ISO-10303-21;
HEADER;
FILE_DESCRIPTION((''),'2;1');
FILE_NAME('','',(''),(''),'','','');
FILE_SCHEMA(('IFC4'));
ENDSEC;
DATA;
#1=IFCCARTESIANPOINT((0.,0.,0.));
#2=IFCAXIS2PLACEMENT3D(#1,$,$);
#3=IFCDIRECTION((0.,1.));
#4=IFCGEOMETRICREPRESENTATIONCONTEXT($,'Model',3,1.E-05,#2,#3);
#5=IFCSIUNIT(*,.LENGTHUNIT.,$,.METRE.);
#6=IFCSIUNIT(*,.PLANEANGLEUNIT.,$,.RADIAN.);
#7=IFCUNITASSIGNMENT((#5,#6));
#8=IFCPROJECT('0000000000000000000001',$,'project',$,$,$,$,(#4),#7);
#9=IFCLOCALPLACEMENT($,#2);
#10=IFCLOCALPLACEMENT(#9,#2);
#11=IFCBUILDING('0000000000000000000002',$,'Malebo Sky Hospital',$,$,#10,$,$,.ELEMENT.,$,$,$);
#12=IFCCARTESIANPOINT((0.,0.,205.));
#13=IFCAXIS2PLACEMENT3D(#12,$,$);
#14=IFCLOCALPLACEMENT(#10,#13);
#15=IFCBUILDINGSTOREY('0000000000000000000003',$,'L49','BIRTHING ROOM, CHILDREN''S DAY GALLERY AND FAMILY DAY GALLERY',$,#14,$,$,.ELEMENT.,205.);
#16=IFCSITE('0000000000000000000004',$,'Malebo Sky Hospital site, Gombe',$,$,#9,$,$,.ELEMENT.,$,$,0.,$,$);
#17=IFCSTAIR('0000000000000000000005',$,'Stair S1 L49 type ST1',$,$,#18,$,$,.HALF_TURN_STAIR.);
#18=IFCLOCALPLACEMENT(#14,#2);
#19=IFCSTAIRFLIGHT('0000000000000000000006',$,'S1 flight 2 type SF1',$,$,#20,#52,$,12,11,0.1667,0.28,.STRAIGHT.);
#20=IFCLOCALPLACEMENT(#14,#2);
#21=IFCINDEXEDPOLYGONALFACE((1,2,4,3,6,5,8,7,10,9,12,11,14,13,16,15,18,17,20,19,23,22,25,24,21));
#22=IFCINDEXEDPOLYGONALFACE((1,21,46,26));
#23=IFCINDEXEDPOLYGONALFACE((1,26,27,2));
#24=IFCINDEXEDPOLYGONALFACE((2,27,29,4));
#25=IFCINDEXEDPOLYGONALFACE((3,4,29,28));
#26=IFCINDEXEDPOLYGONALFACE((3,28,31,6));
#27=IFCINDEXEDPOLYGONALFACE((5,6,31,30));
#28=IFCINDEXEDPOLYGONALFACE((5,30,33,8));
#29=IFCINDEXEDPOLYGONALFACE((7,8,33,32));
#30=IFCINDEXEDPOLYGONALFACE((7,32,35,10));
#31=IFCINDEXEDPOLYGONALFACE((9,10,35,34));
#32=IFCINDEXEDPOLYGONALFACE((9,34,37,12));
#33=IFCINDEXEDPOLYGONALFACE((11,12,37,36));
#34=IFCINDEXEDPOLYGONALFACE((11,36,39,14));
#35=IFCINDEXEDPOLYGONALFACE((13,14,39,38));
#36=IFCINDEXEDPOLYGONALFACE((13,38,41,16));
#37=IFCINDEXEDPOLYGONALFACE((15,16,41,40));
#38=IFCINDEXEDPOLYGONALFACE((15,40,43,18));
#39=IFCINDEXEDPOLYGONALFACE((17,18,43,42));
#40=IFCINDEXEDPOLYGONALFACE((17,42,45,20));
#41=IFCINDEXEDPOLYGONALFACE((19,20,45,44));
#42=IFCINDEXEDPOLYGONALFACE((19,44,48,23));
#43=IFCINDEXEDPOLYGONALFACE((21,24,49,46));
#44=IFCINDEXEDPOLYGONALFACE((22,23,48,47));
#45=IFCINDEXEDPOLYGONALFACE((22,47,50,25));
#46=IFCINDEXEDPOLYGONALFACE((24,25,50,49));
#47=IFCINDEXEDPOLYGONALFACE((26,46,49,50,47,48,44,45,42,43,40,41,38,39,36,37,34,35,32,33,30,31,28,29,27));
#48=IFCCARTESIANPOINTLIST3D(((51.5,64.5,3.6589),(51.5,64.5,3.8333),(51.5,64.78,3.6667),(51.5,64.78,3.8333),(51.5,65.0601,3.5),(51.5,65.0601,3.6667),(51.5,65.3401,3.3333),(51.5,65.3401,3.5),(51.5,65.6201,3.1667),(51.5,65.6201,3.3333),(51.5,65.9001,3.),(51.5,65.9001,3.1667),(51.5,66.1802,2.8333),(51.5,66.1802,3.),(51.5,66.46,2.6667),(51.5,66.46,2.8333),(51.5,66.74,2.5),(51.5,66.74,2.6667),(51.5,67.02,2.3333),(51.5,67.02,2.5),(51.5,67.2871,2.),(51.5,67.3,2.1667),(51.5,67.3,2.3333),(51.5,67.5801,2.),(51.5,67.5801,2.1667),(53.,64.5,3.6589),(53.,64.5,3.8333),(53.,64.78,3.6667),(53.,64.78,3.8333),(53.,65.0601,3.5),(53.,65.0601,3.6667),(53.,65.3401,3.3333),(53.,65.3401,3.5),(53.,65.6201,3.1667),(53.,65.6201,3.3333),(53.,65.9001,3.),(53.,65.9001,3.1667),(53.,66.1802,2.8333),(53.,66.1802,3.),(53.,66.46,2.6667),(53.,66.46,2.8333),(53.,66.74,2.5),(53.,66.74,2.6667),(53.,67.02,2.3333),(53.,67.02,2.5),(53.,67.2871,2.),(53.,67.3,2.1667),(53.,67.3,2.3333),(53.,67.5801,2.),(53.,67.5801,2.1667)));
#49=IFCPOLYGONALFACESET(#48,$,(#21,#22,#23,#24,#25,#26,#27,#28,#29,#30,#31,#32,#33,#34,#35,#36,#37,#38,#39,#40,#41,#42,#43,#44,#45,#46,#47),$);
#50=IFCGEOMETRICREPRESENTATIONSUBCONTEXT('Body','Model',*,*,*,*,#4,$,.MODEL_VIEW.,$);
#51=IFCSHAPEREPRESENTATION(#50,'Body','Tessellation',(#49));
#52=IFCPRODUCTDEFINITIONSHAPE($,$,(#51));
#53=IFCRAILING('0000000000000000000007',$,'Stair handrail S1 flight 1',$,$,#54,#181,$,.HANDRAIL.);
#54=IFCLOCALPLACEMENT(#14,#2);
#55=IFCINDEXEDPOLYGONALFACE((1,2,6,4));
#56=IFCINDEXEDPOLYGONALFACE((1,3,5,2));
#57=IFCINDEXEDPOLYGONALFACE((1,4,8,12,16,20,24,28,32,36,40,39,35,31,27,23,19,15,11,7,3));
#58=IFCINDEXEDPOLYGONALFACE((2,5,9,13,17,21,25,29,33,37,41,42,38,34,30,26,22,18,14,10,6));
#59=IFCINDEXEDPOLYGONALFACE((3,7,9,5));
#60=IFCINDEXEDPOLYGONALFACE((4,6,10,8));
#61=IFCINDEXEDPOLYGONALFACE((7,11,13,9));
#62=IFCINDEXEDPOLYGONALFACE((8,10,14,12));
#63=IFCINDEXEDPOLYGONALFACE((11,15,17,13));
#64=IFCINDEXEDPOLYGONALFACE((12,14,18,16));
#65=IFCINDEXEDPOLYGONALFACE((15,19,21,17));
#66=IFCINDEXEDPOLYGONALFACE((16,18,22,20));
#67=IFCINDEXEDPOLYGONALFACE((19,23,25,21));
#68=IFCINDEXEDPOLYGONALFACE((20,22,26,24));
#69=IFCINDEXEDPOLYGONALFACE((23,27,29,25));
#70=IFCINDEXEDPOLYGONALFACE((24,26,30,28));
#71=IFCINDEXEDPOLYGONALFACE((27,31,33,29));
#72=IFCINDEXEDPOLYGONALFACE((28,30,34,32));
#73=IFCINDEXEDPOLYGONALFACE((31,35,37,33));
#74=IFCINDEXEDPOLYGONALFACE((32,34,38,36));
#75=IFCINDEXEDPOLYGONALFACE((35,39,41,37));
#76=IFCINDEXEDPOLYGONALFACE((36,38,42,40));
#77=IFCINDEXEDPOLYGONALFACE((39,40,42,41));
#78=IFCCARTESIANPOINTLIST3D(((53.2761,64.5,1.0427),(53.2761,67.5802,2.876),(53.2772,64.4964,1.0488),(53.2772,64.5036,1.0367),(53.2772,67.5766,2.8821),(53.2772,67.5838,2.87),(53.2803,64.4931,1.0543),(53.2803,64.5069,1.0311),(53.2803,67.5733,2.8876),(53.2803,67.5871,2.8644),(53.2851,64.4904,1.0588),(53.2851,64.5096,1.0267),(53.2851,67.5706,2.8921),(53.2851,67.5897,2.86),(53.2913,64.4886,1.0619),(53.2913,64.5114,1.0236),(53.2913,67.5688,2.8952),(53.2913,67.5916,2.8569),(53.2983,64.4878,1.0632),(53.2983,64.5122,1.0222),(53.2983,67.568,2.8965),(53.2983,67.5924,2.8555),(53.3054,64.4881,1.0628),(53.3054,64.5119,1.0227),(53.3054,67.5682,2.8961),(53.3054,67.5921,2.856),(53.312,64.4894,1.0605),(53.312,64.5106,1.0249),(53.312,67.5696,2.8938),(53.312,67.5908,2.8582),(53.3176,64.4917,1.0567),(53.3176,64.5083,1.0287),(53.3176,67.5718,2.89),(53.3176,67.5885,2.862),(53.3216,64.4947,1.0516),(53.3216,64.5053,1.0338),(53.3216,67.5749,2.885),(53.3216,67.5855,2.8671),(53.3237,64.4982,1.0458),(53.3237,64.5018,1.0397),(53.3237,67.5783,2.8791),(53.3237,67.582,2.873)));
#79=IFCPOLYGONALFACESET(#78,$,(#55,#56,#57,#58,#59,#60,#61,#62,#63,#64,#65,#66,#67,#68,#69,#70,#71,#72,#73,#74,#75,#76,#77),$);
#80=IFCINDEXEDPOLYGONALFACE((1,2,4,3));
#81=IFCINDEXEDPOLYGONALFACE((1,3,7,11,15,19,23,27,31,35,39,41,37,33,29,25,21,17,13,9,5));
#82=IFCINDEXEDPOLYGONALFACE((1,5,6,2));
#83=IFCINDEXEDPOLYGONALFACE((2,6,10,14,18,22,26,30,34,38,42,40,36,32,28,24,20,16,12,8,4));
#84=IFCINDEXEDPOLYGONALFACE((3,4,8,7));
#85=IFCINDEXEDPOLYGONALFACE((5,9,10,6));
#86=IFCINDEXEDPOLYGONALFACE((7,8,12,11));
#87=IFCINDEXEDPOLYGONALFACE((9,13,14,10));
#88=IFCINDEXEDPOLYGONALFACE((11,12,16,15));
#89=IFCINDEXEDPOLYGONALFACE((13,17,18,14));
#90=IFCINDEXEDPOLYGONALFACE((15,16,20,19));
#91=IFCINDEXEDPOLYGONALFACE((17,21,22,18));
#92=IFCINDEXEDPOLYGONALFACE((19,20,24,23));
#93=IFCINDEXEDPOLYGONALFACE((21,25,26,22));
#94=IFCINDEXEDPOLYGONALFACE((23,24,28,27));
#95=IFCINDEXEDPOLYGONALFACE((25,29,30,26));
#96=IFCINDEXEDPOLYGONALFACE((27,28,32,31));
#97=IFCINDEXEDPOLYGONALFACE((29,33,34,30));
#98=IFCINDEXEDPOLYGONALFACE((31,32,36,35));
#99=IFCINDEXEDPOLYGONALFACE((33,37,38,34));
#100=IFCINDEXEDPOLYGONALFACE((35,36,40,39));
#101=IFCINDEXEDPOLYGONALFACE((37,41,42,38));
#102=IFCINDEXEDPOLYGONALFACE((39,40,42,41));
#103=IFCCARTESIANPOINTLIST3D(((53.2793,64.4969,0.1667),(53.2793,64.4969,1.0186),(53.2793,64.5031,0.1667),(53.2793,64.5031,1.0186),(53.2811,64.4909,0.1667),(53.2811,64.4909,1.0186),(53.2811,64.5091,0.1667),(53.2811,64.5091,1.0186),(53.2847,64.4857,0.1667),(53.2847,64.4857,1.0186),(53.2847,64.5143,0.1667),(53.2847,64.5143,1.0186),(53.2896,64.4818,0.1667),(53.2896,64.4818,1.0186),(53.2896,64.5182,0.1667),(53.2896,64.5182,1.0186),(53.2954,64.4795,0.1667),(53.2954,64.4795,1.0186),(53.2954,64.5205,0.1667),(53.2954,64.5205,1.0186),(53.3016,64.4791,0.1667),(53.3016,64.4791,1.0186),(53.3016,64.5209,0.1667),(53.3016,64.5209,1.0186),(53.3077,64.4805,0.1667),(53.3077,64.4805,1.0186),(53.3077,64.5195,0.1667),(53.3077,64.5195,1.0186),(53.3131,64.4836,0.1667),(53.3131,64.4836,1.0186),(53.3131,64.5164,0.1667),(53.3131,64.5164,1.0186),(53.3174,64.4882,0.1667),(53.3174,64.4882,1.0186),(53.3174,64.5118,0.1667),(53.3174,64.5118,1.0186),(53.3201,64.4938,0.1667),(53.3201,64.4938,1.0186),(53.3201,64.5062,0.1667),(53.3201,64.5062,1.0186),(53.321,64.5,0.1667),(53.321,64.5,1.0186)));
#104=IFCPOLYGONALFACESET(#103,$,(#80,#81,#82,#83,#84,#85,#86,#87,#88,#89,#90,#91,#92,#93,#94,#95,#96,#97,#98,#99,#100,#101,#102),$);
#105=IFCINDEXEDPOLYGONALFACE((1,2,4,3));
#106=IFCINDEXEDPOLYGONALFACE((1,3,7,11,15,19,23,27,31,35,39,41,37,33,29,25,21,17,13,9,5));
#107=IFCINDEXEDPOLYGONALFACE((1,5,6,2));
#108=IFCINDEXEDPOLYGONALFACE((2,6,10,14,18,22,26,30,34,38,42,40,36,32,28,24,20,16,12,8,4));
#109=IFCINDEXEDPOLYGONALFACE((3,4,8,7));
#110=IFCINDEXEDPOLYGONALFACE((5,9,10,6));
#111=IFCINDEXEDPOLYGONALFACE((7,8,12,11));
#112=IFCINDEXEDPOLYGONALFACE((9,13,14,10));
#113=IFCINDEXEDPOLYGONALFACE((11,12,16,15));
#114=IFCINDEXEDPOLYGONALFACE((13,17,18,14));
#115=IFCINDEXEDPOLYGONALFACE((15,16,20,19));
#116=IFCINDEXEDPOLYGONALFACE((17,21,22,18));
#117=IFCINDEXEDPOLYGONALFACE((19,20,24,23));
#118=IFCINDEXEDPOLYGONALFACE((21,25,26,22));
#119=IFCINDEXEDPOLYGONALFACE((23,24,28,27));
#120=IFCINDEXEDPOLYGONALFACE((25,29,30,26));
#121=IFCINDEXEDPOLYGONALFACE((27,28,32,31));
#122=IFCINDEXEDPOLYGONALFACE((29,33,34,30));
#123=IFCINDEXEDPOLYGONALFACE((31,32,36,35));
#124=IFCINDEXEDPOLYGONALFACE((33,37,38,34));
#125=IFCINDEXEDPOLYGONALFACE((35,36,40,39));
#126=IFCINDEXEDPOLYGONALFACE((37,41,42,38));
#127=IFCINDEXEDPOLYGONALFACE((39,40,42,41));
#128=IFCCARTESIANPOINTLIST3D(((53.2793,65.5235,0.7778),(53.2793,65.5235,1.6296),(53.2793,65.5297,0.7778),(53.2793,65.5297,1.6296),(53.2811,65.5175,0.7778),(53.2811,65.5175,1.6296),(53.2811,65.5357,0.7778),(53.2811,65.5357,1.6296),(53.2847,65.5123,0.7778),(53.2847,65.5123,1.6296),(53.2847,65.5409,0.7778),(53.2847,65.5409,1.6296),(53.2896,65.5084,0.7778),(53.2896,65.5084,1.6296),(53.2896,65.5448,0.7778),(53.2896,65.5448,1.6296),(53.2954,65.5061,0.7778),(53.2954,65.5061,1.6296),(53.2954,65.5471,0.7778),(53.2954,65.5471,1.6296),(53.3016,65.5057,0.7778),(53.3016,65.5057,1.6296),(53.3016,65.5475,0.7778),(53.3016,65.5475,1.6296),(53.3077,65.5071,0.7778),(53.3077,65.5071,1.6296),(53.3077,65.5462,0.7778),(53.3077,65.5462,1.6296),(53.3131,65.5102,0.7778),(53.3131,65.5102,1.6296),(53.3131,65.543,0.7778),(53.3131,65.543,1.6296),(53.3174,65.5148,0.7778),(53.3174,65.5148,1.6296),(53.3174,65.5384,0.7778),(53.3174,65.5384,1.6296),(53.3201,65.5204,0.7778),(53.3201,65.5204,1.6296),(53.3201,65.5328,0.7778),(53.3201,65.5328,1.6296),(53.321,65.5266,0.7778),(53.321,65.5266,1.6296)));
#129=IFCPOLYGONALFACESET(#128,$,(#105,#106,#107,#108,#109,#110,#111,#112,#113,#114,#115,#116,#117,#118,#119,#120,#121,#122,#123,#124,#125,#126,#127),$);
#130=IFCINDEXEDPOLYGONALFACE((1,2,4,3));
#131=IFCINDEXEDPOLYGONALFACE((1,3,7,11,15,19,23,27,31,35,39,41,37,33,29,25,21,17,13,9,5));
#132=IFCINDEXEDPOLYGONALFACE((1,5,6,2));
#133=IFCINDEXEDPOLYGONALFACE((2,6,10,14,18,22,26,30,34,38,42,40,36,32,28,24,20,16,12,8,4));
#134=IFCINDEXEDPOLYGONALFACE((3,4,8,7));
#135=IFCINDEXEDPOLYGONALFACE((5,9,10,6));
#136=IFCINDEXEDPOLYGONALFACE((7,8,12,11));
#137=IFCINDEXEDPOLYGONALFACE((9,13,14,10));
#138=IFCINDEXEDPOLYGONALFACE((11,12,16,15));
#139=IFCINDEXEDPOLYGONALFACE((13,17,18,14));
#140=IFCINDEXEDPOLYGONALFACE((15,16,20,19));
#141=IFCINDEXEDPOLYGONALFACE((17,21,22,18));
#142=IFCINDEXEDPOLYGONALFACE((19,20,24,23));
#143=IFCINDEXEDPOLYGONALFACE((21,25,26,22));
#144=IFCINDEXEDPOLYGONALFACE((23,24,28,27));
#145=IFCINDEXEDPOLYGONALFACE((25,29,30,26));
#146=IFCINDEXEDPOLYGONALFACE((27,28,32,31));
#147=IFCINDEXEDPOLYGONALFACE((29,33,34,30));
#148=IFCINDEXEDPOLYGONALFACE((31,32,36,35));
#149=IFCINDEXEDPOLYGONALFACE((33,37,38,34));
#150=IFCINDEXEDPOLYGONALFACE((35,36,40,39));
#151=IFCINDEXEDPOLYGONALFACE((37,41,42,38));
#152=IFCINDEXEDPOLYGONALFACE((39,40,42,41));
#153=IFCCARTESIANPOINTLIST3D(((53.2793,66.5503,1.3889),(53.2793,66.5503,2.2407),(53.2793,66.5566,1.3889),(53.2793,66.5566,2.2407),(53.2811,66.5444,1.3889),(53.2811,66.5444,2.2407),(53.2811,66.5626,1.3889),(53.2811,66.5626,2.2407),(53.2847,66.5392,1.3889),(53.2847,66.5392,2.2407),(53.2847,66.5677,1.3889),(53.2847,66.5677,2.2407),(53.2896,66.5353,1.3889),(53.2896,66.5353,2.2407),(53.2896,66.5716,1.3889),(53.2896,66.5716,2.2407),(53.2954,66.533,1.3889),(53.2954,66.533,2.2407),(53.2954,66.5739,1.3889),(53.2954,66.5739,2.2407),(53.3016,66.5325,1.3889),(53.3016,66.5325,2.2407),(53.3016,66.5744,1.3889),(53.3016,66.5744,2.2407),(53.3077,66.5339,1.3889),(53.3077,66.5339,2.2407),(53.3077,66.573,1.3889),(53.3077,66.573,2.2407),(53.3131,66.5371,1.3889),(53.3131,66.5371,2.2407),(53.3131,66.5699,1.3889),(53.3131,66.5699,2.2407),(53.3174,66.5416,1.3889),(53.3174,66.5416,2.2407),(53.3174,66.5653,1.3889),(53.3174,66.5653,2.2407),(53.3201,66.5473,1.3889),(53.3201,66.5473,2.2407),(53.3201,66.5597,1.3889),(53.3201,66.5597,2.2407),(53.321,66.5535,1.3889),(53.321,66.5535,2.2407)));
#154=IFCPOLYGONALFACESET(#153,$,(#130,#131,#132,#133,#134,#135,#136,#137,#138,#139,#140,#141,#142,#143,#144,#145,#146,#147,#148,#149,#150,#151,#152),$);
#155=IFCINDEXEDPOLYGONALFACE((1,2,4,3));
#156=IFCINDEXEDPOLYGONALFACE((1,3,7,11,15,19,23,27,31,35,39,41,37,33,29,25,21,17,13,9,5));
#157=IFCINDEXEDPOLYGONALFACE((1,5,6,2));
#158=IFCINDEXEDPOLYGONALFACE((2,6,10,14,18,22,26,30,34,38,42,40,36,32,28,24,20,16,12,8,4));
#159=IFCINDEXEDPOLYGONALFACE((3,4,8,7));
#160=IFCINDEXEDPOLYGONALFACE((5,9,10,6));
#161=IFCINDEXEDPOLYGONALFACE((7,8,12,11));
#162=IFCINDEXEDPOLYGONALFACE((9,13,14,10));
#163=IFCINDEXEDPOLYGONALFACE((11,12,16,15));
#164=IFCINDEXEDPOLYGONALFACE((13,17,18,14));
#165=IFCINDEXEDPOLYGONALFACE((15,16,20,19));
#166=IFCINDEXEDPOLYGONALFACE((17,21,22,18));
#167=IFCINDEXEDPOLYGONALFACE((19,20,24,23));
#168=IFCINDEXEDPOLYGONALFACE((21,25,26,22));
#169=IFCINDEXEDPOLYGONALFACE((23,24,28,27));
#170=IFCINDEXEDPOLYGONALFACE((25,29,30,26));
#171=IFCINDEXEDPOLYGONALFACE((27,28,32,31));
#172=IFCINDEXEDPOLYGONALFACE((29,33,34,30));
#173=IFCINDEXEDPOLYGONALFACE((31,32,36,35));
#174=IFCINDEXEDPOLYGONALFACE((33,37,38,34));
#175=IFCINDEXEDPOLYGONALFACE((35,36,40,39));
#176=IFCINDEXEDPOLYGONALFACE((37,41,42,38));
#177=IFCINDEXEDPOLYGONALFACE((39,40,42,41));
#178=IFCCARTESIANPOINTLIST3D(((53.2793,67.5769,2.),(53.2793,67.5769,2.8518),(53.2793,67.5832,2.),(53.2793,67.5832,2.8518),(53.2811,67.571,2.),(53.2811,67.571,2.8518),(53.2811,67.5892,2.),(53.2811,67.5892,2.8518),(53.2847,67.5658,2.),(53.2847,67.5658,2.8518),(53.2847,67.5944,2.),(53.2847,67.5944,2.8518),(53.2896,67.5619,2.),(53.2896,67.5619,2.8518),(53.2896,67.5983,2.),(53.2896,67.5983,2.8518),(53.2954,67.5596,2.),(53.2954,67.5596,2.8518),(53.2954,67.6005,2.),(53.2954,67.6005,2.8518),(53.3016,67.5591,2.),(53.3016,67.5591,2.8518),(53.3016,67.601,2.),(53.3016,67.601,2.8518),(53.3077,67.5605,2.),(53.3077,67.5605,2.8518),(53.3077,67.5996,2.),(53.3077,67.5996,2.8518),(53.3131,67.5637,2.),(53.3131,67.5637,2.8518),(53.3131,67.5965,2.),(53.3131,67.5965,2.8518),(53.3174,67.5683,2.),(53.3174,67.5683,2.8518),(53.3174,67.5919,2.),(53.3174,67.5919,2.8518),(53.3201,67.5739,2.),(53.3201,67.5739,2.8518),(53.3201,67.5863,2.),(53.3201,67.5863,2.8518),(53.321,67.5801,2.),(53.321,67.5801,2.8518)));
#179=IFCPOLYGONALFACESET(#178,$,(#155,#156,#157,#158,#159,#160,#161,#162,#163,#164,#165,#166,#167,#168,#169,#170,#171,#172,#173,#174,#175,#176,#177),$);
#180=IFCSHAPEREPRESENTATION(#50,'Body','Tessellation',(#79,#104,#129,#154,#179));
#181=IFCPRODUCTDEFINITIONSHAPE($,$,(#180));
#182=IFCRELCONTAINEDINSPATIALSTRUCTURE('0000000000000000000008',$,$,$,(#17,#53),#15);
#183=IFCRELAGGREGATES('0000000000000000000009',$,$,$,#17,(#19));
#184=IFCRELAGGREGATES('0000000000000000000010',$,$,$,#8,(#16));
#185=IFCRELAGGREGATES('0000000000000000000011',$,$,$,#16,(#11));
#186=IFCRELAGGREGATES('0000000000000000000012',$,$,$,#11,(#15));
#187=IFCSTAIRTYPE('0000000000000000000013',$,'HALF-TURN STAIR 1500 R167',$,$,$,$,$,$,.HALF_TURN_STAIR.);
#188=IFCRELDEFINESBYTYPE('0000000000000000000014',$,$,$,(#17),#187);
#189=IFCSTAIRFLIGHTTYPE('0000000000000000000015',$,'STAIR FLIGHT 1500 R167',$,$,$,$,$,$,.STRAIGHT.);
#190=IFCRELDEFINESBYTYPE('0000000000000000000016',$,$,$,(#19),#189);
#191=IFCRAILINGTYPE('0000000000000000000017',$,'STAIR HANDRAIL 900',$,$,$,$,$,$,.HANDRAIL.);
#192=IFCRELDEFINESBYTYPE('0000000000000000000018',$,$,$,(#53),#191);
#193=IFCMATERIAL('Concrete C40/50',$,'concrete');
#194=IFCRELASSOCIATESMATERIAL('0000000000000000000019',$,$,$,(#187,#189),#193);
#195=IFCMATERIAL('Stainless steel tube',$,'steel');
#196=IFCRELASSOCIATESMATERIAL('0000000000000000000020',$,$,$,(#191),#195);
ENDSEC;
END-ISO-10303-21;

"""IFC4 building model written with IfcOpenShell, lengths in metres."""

from ifc_helpers import new_model, si_unit, direction, frame, origin, origin_2d, place, context, subcontext, project, spatial, polyline, circle, outline, extrude, material, type_object, element, aggregate, save


model = new_model("IFC4")

# Units and contexts
model_context = context("Model", 3, precision=1e-05, world=origin(), true_north=direction((0.0, 1.0)))
body_context = subcontext(model_context, "Body", "Model", "MODEL_VIEW")
ifc_project = project(units=[si_unit("LENGTHUNIT", "METRE"), si_unit("PLANEANGLEUNIT", "RADIAN")], contexts=[model_context])

# Site, building, storey
site_placement = place(None, origin())
site = spatial("IfcSite", under=ifc_project, at=site_placement, Name="Malebo Sky Hospital site, Gombe", CompositionType="ELEMENT", RefElevation=0.0)
building_placement = place(site_placement, origin())
building = spatial("IfcBuilding", under=site, at=building_placement, Name="Malebo Sky Hospital", CompositionType="ELEMENT")
storey_placement = place(building_placement, frame((0.0, 0.0, 205.0)))
storey = spatial("IfcBuildingStorey", under=building, at=storey_placement, Name="L49", Description="BIRTHING ROOM, CHILDREN'S DAY GALLERY AND FAMILY DAY GALLERY", CompositionType="ELEMENT", Elevation=205.0)

# Stair, stair flight
ifc_material_1 = material(Name="Concrete C40/50", Category="concrete")
stair_type = type_object("IfcStairType", Name="HALF-TURN STAIR 1500 R167", PredefinedType="HALF_TURN_STAIR", material=ifc_material_1)
stair_placement = place(storey_placement, origin())
stair = element("IfcStair", 1, at=stair_placement, inside=storey, type_object=stair_type, Name="Stair S1 L49 type ST1", PredefinedType="HALF_TURN_STAIR")
stair_flight_type = type_object("IfcStairFlightType", Name="STAIR FLIGHT 1500 R167", PredefinedType="STRAIGHT", material=ifc_material_1)
stair_flight_1_placement = place(storey_placement, frame((52.25, 67.5801, 2.0), z_axis=(0.0, 0.0, 1.0), x_axis=(0.0, -1.0, 0.0)))
stair_flight_1 = element("IfcStairFlight", 2, at=stair_flight_1_placement, type_object=stair_flight_type, Name="S1 flight 2 type SF1", NumberOfRisers=12, NumberOfTreads=11, PredefinedType="STRAIGHT", RiserHeight=0.1667, TreadLength=0.28, context=body_context, shape_type="SweptSolid", body=[
    extrude(outline(polyline([(0.0, 0.0), (0.0, 0.1667), (0.28, 0.1667), (0.28, 0.3333), (0.5601, 0.3333), (0.5601, 0.5), (0.8401, 0.5), (0.8401, 0.6667), (1.1201, 0.6667), (1.1201, 0.8333), (1.3999, 0.8333), (1.3999, 1.0), (1.6799, 1.0), (1.6799, 1.1667), (1.96, 1.1667), (1.96, 1.3333), (2.24, 1.3333), (2.24, 1.5), (2.52, 1.5), (2.52, 1.6667), (2.8, 1.6667), (2.8, 1.8333), (3.0801, 1.8333), (3.0801, 2.0), (3.0801, 1.6589), (0.293, 0.0), (0.0, 0.0)])), frame((0.0, 0.75, 0.0), z_axis=(0.0, -1.0, 0.0), x_axis=(1.0, 0.0, 0.0)), (0.0, 0.0, 1.0), 1.5),
])
aggregate(stair, [stair_flight_1])

# Railing
ifc_material_2 = material(Name="Stainless steel tube", Category="steel")
railing_type = type_object("IfcRailingType", Name="STAIR HANDRAIL 900", PredefinedType="HANDRAIL", material=ifc_material_2)
railing_1_placement = place(storey_placement, frame((53.3, 64.5, 0.1667)))
element("IfcRailing", 3, at=railing_1_placement, inside=storey, type_object=railing_type, Name="Stair handrail S1 flight 1", PredefinedType="HANDRAIL", context=body_context, shape_type="SweptSolid", body=[
    extrude(circle(Radius=0.0239, at=origin_2d()), frame((0.0, 0.0, 0.876), z_axis=(0.0, 0.859309, 0.511458), x_axis=(-1.0, 0.0, 0.0)), (0.0, 0.0, 1.0), 3.5845),
    extrude(circle(Radius=0.021, at=origin_2d()), origin(), (0.0, 0.0, 1.0), 0.8518),
    extrude(circle(Radius=0.021, at=origin_2d()), frame((0.0, 1.0266, 0.6111)), (0.0, 0.0, 1.0), 0.8518),
    extrude(circle(Radius=0.021, at=origin_2d()), frame((0.0, 2.0535, 1.2222)), (0.0, 0.0, 1.0), 0.8518),
    extrude(circle(Radius=0.021, at=origin_2d()), frame((0.0, 3.0801, 1.8333)), (0.0, 0.0, 1.0), 0.8518),
])

save(model, "model.ifc")
